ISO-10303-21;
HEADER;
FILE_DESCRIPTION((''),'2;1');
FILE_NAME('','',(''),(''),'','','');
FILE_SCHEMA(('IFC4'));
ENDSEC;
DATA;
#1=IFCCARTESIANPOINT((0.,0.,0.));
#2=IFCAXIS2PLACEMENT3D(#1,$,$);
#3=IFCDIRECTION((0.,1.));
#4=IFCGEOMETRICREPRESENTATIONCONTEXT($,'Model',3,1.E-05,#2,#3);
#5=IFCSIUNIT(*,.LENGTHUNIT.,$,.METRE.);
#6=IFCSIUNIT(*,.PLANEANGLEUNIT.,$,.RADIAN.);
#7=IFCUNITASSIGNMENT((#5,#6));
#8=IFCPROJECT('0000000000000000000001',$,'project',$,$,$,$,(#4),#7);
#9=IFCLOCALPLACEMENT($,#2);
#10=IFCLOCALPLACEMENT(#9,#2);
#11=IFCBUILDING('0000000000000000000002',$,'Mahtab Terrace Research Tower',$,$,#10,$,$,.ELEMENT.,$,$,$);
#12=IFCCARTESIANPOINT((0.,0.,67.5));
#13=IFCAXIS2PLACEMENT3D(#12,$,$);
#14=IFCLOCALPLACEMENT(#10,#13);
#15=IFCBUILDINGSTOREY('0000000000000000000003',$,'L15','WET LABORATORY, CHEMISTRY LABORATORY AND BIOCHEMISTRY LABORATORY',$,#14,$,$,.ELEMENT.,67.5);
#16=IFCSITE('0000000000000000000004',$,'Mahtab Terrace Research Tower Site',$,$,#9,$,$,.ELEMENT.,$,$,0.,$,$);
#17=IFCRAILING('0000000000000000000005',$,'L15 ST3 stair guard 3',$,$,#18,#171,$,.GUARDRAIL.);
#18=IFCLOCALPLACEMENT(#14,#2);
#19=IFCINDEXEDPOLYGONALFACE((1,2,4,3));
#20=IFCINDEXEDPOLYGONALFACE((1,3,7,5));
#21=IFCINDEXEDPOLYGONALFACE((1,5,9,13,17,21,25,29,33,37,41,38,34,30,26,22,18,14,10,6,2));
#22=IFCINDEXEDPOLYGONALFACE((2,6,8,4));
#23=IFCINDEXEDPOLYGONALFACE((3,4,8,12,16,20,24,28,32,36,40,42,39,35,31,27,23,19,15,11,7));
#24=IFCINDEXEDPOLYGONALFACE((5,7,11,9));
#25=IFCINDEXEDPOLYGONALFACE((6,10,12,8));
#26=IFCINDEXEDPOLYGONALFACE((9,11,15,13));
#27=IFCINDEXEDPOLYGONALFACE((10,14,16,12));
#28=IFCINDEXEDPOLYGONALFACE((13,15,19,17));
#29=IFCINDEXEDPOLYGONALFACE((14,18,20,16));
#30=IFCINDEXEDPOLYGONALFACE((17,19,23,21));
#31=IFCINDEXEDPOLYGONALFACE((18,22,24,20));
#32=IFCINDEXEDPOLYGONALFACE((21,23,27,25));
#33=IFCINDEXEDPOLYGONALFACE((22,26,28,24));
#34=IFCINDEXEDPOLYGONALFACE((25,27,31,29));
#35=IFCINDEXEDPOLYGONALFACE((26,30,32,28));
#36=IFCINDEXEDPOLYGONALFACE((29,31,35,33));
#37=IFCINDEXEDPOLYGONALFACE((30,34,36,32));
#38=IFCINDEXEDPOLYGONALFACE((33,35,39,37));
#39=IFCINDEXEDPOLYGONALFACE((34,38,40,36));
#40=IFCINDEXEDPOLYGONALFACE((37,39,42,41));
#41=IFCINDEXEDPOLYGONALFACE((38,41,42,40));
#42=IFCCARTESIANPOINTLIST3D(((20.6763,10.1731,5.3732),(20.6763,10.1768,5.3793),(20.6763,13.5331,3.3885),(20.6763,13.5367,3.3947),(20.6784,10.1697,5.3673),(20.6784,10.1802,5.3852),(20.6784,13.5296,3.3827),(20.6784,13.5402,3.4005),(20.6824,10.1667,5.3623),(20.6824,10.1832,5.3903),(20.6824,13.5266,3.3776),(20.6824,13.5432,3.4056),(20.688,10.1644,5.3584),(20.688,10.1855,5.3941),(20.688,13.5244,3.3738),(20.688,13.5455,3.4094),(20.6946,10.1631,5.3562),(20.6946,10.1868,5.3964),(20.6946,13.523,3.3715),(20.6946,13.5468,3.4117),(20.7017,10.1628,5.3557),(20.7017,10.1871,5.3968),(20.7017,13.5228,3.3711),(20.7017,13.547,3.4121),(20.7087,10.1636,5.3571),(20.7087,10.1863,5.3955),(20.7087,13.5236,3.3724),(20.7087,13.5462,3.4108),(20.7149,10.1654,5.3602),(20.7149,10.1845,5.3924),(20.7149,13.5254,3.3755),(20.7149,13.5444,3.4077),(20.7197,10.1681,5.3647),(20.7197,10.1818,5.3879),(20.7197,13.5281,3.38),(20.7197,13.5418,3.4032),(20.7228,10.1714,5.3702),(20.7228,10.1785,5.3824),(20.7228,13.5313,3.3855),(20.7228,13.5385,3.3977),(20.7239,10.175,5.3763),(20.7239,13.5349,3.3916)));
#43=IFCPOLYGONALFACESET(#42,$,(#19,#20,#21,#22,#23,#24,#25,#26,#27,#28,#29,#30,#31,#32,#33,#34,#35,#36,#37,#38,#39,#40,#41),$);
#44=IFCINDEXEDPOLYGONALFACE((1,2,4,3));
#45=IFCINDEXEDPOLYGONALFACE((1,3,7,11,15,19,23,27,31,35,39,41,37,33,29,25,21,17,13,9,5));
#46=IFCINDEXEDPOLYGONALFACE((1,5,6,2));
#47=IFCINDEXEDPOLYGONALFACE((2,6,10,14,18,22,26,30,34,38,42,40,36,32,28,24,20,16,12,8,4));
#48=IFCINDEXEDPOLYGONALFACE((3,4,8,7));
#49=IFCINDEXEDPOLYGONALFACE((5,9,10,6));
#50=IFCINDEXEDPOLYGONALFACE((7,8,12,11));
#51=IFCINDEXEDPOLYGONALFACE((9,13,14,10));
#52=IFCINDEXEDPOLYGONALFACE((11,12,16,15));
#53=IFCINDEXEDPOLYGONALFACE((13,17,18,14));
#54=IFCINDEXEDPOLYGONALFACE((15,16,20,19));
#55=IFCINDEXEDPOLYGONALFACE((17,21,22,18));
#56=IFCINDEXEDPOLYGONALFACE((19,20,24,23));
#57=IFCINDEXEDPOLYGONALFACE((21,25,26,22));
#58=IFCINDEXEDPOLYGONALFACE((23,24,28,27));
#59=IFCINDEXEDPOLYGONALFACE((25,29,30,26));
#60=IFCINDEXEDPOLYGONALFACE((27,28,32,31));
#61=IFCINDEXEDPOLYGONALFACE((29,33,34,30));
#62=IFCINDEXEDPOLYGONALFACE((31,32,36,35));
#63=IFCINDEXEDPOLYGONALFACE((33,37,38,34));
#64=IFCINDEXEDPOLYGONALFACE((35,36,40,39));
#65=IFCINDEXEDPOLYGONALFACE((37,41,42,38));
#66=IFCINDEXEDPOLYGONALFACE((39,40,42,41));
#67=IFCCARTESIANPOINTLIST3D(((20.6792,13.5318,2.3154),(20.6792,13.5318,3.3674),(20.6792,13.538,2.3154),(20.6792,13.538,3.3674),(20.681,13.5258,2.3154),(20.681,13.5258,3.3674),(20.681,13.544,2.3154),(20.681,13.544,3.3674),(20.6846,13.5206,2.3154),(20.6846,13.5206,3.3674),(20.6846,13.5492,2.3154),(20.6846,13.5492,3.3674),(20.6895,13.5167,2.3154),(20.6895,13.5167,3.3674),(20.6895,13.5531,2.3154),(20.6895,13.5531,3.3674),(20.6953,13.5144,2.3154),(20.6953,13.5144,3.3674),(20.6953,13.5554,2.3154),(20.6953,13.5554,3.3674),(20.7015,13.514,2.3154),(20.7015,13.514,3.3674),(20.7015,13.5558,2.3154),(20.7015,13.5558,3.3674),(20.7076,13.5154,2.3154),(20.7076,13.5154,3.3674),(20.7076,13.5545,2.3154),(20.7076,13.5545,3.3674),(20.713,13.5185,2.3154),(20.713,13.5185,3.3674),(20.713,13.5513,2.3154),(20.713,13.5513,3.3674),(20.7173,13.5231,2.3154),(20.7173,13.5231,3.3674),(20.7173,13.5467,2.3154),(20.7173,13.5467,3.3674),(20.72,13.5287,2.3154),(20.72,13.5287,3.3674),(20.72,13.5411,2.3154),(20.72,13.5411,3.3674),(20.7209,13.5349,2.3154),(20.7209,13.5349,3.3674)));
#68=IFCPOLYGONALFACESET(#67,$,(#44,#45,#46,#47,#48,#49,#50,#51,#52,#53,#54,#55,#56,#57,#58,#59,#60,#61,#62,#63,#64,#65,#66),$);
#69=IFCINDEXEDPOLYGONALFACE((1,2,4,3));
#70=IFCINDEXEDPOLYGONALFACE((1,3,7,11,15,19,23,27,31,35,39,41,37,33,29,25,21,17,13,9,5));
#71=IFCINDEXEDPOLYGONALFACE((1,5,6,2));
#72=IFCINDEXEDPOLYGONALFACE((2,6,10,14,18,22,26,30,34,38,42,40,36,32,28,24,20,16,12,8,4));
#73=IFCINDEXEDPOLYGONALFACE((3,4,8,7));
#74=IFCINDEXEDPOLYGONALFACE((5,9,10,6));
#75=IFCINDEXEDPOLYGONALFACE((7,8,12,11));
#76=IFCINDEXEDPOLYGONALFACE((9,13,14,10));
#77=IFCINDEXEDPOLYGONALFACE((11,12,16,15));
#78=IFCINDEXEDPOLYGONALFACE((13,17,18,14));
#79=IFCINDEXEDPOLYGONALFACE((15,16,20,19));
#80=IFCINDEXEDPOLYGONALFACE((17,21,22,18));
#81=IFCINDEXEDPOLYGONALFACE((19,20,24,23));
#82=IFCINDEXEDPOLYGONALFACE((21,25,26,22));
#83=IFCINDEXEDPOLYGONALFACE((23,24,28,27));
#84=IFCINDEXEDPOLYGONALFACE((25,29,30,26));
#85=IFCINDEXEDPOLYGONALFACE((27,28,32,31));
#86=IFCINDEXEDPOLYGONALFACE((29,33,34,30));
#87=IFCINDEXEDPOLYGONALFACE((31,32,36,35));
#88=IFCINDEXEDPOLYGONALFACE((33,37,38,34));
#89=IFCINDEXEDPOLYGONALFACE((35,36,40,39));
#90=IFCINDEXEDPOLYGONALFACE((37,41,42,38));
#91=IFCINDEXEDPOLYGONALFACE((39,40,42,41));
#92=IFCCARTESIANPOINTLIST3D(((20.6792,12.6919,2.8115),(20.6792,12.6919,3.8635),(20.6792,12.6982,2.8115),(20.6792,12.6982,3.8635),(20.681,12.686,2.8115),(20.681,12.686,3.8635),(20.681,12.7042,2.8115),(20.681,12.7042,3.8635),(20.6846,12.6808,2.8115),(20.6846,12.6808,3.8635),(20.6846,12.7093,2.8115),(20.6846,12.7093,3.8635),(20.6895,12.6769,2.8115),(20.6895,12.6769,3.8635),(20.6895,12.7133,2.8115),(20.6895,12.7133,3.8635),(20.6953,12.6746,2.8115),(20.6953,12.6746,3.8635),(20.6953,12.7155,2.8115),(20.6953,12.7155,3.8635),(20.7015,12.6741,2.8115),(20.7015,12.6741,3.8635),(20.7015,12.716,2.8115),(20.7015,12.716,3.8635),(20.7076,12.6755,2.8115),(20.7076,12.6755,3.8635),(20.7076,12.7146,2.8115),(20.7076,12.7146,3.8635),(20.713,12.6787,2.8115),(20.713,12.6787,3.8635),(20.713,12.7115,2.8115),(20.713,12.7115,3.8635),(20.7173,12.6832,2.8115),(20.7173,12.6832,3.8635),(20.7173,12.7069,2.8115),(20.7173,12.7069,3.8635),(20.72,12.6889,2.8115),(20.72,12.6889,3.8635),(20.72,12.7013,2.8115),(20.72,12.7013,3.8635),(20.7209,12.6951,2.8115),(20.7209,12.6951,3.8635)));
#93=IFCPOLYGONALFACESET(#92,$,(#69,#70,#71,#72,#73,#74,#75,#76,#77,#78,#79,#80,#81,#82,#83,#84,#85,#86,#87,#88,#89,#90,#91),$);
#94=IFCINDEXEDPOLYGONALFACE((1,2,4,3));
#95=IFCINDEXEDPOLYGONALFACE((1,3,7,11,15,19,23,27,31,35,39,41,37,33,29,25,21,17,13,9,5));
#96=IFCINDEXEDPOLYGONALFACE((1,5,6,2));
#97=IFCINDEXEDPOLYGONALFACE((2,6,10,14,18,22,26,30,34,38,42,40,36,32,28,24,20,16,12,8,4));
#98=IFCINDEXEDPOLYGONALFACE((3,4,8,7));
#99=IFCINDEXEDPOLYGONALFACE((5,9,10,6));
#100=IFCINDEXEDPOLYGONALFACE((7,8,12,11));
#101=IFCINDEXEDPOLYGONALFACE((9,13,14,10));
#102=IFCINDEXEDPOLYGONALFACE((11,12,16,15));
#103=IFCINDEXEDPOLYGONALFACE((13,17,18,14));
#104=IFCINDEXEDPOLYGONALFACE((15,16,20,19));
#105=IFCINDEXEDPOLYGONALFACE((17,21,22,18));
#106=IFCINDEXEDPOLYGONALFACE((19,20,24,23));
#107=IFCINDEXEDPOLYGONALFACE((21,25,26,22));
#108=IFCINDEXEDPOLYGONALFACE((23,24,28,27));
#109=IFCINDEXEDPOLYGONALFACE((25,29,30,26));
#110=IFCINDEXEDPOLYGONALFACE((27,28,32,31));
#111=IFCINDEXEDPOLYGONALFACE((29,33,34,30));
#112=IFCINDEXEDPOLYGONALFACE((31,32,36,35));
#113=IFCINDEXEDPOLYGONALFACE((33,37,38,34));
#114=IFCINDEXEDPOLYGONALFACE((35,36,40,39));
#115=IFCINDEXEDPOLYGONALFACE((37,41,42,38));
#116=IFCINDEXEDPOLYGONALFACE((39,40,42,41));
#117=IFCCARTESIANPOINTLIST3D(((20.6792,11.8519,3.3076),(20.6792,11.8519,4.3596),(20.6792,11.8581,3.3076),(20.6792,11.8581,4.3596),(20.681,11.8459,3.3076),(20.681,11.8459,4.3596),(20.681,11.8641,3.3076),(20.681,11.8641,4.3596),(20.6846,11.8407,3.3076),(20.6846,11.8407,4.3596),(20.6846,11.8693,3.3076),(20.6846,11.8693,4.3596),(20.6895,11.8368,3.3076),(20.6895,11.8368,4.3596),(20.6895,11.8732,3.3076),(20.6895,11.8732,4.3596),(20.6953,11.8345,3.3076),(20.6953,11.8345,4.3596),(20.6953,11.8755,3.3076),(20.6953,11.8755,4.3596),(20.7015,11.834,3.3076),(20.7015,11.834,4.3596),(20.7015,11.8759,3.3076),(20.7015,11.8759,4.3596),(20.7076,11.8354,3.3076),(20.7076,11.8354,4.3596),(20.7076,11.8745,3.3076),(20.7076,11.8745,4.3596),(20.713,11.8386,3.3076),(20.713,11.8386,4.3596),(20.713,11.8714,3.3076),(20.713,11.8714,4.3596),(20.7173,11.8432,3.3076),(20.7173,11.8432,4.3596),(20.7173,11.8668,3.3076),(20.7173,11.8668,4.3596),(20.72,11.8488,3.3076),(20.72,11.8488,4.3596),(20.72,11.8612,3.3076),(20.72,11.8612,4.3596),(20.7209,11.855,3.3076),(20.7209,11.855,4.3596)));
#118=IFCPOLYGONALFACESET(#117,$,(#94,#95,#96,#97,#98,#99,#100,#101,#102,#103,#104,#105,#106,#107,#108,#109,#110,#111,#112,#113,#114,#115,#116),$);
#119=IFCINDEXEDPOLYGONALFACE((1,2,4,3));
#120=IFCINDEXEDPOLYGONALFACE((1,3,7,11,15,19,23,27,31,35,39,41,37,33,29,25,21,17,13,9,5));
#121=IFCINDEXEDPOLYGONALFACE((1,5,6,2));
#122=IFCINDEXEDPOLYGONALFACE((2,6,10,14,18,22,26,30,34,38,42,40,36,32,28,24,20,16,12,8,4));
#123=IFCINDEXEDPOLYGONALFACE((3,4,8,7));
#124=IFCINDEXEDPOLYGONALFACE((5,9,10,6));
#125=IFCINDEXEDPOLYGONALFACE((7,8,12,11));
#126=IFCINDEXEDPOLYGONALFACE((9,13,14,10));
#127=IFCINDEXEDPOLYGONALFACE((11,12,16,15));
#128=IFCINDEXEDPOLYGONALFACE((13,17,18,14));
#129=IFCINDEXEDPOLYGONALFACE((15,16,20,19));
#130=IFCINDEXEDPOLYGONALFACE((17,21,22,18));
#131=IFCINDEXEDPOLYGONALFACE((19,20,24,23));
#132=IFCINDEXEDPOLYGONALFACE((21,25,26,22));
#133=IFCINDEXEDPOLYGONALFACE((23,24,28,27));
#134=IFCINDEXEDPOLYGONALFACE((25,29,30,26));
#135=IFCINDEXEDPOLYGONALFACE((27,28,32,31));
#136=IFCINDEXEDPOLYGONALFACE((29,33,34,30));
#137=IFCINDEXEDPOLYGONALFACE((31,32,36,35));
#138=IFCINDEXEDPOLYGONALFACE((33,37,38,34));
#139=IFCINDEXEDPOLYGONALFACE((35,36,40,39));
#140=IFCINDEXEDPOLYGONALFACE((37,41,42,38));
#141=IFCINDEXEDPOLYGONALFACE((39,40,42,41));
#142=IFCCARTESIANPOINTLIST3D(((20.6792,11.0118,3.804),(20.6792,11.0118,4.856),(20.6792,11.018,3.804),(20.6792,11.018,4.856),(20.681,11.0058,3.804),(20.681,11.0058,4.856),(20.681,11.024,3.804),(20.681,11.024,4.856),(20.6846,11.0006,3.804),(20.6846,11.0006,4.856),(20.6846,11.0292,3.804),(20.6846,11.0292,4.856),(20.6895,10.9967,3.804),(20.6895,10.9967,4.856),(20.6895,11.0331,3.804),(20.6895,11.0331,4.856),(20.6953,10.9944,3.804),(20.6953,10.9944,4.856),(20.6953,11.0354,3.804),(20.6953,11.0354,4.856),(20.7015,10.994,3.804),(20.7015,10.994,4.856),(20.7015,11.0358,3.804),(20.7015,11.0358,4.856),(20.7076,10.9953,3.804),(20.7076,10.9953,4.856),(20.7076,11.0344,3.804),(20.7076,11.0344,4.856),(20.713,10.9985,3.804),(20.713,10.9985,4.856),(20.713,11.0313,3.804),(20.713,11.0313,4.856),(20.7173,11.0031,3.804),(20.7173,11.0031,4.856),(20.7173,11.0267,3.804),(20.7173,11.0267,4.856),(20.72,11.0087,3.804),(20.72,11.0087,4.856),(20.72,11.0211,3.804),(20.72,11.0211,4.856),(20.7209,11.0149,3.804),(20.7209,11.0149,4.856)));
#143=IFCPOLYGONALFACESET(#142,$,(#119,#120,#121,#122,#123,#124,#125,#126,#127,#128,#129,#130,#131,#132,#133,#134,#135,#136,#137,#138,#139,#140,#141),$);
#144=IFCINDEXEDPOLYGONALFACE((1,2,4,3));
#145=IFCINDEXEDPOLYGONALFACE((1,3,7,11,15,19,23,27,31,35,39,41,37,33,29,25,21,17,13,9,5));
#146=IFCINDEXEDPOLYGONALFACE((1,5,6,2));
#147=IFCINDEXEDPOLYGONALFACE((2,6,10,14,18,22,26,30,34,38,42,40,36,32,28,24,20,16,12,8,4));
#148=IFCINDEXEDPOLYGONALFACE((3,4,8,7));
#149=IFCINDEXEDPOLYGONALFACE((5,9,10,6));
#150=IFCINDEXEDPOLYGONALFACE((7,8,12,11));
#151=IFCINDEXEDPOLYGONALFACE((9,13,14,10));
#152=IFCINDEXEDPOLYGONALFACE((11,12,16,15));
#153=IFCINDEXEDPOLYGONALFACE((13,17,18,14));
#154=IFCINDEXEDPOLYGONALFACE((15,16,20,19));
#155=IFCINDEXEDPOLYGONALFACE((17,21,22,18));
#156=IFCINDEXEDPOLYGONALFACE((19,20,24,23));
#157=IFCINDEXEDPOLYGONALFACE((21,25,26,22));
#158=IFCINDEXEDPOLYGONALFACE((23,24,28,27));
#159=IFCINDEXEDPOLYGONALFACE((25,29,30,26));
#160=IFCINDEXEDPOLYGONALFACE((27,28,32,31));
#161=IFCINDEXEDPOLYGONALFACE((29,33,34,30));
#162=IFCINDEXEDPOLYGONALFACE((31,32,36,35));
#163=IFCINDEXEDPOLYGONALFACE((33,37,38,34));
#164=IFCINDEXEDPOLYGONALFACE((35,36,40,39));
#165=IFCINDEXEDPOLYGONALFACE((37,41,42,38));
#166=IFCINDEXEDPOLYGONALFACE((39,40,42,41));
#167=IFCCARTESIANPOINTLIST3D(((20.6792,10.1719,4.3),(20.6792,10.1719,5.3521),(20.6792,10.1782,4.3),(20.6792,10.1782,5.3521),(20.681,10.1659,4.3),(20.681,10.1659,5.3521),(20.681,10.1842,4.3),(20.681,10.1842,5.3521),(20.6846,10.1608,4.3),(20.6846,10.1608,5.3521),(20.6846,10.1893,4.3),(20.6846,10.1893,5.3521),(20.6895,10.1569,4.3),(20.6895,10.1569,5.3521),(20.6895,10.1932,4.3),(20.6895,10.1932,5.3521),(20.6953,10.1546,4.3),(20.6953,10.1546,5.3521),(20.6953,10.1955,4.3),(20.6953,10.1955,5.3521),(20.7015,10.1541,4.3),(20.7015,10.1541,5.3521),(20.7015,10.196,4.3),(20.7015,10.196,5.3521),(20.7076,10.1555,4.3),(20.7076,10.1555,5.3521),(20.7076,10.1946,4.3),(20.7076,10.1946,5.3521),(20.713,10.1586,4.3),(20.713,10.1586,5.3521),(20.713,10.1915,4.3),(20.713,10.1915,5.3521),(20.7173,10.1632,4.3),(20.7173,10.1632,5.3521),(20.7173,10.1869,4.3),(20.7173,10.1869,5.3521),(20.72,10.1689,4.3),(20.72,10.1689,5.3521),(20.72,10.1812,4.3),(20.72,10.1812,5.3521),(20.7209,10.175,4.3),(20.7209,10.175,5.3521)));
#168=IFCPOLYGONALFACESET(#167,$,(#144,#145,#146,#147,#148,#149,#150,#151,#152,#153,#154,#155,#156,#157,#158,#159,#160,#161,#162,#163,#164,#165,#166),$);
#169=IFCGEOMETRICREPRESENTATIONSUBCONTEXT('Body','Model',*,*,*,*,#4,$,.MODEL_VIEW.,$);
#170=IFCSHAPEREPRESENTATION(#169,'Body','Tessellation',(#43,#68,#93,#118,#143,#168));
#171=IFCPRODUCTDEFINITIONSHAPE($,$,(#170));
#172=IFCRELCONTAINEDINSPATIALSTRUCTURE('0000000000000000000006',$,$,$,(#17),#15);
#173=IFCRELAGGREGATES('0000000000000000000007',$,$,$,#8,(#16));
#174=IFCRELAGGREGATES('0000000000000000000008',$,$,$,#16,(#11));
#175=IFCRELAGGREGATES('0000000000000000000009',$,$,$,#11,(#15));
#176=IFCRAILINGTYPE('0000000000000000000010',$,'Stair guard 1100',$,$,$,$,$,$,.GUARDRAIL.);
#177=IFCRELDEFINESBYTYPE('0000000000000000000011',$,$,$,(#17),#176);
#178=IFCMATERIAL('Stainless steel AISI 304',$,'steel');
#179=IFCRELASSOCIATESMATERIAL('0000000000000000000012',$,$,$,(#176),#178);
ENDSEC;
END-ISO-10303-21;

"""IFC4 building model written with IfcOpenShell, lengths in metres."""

from ifc_helpers import new_model, si_unit, direction, frame, origin, origin_2d, place, context, subcontext, project, spatial, circle, extrude, material, type_object, element, save


model = new_model("IFC4")

# Units and contexts
model_context = context("Model", 3, precision=1e-05, world=origin(), true_north=direction((0.0, 1.0)))
body_context = subcontext(model_context, "Body", "Model", "MODEL_VIEW")
ifc_project = project(units=[si_unit("LENGTHUNIT", "METRE"), si_unit("PLANEANGLEUNIT", "RADIAN")], contexts=[model_context])

# Site, building, storey
site_placement = place(None, origin())
site = spatial("IfcSite", under=ifc_project, at=site_placement, Name="Mahtab Terrace Research Tower Site", CompositionType="ELEMENT", RefElevation=0.0)
building_placement = place(site_placement, origin())
building = spatial("IfcBuilding", under=site, at=building_placement, Name="Mahtab Terrace Research Tower", CompositionType="ELEMENT")
storey_placement = place(building_placement, frame((0.0, 0.0, 67.5)))
storey = spatial("IfcBuildingStorey", under=building, at=storey_placement, Name="L15", Description="WET LABORATORY, CHEMISTRY LABORATORY AND BIOCHEMISTRY LABORATORY", CompositionType="ELEMENT", Elevation=67.5)

# Railing
ifc_material_1 = material(Name="Stainless steel AISI 304", Category="steel")
railing_type_1 = type_object("IfcRailingType", Name="Stair guard 1100", PredefinedType="GUARDRAIL", material=ifc_material_1)
railing_1_placement = place(storey_placement, frame((20.7, 13.5349, 2.3154)))
element("IfcRailing", 1, at=railing_1_placement, inside=storey, type_object=railing_type_1, Name="L15 ST3 stair guard 3", PredefinedType="GUARDRAIL", context=body_context, shape_type="SweptSolid", body=[
    extrude(circle(Radius=0.0239, at=origin_2d()), frame((0.0, 0.0, 1.0762), z_axis=(0.0, -0.861011, 0.508586), x_axis=(1.0, 0.0, 0.0)), (0.0, 0.0, 1.0), 3.9023),
    extrude(circle(Radius=0.021, at=origin_2d()), origin(), (0.0, 0.0, 1.0), 1.052),
    extrude(circle(Radius=0.021, at=origin_2d()), frame((0.0, -0.8398, 0.4961)), (0.0, 0.0, 1.0), 1.052),
    extrude(circle(Radius=0.021, at=origin_2d()), frame((0.0, -1.6799, 0.9922)), (0.0, 0.0, 1.0), 1.052),
    extrude(circle(Radius=0.021, at=origin_2d()), frame((0.0, -2.52, 1.4885)), (0.0, 0.0, 1.0), 1.052),
    extrude(circle(Radius=0.021, at=origin_2d()), frame((0.0, -3.3599, 1.9846)), (0.0, 0.0, 1.0), 1.052),
])

save(model, "model.ifc")
